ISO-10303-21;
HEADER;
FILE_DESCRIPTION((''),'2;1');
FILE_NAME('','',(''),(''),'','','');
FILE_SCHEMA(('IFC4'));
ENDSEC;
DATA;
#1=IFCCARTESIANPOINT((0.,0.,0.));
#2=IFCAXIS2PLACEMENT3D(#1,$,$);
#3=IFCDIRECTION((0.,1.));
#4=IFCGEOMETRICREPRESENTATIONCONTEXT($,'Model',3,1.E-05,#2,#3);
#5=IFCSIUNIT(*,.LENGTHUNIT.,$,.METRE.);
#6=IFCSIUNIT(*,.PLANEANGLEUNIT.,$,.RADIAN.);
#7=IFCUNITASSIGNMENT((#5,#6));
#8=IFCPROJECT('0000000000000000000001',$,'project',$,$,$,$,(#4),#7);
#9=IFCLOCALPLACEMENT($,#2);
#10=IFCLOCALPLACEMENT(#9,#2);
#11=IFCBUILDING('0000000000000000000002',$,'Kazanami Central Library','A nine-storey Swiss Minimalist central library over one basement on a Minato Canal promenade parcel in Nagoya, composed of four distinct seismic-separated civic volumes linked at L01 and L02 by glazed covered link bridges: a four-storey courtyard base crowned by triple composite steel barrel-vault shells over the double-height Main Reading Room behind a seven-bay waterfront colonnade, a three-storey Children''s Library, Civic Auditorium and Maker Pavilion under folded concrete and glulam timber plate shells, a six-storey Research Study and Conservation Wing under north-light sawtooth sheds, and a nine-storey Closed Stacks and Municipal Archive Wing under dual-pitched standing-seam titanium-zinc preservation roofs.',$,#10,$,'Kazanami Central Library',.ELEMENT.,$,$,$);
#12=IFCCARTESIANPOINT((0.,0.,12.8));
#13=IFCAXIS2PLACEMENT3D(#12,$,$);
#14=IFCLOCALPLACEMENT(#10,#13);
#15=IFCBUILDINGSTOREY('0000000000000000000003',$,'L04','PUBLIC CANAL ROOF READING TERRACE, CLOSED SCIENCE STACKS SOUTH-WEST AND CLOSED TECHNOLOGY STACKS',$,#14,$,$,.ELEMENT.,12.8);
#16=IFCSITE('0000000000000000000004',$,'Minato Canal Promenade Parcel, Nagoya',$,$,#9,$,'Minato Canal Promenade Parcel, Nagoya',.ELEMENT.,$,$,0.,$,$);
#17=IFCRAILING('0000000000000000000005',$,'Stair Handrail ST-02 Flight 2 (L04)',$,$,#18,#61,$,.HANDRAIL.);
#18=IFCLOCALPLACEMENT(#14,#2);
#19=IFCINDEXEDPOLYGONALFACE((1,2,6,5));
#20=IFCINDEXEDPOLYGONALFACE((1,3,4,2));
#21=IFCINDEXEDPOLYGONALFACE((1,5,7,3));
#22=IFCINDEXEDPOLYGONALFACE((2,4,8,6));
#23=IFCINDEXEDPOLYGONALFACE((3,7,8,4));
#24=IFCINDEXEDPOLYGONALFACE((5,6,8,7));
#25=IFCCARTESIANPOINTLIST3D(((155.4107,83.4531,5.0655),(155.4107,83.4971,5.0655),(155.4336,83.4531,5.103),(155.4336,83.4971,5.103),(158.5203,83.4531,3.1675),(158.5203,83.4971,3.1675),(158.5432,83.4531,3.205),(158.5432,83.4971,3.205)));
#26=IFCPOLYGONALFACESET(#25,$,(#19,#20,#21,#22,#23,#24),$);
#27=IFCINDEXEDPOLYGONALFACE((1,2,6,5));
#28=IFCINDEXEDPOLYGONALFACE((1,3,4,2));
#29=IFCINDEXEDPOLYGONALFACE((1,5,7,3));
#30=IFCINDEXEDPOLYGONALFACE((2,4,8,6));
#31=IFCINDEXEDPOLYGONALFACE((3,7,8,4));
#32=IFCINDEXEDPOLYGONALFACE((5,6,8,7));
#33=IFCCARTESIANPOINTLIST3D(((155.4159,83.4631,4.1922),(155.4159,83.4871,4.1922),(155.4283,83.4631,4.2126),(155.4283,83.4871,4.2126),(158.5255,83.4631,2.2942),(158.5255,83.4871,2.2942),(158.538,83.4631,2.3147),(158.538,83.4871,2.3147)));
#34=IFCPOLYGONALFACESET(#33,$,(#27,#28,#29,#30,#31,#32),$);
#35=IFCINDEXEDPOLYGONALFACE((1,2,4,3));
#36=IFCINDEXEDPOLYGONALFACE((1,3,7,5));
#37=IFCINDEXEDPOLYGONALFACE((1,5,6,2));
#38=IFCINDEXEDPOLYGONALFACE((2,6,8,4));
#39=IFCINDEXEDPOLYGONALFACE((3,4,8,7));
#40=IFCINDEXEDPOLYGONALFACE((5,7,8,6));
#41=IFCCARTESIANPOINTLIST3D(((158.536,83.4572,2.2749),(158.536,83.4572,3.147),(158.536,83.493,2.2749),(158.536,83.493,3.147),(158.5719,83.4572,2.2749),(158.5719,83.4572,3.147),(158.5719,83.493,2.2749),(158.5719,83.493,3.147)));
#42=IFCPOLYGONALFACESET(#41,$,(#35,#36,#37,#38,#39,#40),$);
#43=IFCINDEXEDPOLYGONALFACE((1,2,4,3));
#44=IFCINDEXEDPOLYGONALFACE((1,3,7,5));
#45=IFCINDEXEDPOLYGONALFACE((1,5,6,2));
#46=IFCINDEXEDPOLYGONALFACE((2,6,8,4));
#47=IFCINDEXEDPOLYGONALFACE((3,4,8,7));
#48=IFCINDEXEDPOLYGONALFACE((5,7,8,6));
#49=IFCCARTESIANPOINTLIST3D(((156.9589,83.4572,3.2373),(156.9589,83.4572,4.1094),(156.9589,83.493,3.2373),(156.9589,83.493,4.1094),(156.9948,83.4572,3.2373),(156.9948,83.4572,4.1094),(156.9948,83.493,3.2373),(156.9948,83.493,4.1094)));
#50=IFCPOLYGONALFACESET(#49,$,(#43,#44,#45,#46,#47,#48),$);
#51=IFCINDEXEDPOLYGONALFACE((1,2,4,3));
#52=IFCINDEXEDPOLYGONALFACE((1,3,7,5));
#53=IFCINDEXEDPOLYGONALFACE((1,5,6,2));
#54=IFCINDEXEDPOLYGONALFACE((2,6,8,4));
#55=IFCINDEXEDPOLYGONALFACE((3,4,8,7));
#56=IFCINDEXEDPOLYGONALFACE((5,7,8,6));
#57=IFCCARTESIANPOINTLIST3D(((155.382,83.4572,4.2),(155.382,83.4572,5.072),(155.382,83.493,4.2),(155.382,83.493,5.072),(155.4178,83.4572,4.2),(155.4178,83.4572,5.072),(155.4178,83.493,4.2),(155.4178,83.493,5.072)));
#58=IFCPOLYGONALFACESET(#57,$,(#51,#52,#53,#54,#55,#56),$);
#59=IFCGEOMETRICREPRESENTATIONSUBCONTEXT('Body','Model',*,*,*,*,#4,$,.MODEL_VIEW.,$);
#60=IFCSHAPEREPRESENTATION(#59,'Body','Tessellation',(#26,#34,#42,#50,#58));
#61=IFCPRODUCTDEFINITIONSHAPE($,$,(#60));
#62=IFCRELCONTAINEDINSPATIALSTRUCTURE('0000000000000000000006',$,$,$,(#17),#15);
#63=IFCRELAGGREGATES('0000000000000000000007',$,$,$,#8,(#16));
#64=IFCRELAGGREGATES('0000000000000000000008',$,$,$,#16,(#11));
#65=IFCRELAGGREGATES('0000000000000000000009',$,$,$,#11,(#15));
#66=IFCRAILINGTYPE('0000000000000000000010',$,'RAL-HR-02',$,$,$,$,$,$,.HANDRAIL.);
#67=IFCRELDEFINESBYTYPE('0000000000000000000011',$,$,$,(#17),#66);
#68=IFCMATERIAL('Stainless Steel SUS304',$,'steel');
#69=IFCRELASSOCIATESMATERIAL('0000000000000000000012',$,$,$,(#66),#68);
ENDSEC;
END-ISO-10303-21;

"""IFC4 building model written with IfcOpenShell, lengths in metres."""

from ifc_helpers import new_model, si_unit, direction, frame, origin, origin_2d, place, context, subcontext, project, spatial, rectangle, extrude, material, type_object, element, save


model = new_model("IFC4")

# Units and contexts
model_context = context("Model", 3, precision=1e-05, world=origin(), true_north=direction((0.0, 1.0)))
body_context = subcontext(model_context, "Body", "Model", "MODEL_VIEW")
ifc_project = project(units=[si_unit("LENGTHUNIT", "METRE"), si_unit("PLANEANGLEUNIT", "RADIAN")], contexts=[model_context])

# Site, building, storey
site_placement = place(None, origin())
site = spatial("IfcSite", under=ifc_project, at=site_placement, Name="Minato Canal Promenade Parcel, Nagoya", LongName="Minato Canal Promenade Parcel, Nagoya", CompositionType="ELEMENT", RefElevation=0.0)
building_placement = place(site_placement, origin())
building = spatial("IfcBuilding", under=site, at=building_placement, Name="Kazanami Central Library", Description="A nine-storey Swiss Minimalist central library over one basement on a Minato Canal promenade parcel in Nagoya, composed of four distinct seismic-separated civic volumes linked at L01 and L02 by glazed covered link bridges: a four-storey courtyard base crowned by triple composite steel barrel-vault shells over the double-height Main Reading Room behind a seven-bay waterfront colonnade, a three-storey Children's Library, Civic Auditorium and Maker Pavilion under folded concrete and glulam timber plate shells, a six-storey Research Study and Conservation Wing under north-light sawtooth sheds, and a nine-storey Closed Stacks and Municipal Archive Wing under dual-pitched standing-seam titanium-zinc preservation roofs.", LongName="Kazanami Central Library", CompositionType="ELEMENT")
storey_placement = place(building_placement, frame((0.0, 0.0, 12.8)))
storey = spatial("IfcBuildingStorey", under=building, at=storey_placement, Name="L04", Description="PUBLIC CANAL ROOF READING TERRACE, CLOSED SCIENCE STACKS SOUTH-WEST AND CLOSED TECHNOLOGY STACKS", CompositionType="ELEMENT", Elevation=12.8)

# Railing
ifc_material_1 = material(Name="Stainless Steel SUS304", Category="steel")
railing_type_1 = type_object("IfcRailingType", Name="RAL-HR-02", PredefinedType="HANDRAIL", material=ifc_material_1)
railing_1_placement = place(storey_placement, frame((158.554, 83.4751, 2.2749)))
element("IfcRailing", 1, at=railing_1_placement, inside=storey, type_object=railing_type_1, Name="Stair Handrail ST-02 Flight 2 (L04)", PredefinedType="HANDRAIL", context=body_context, shape_type="SweptSolid", body=[
    extrude(rectangle(XDim=0.0439, YDim=0.0439, at=origin_2d()), frame((-0.0222, 0.0, 0.9114), z_axis=(-0.853574, 0.0, 0.520972), x_axis=(0.0, -1.0, 0.0)), (0.0, 0.0, 1.0), 3.6431),
    extrude(rectangle(XDim=0.0239, YDim=0.0239, at=origin_2d()), frame((-0.0222, 0.0, 0.0295), z_axis=(-0.853574, 0.0, 0.520972), x_axis=(0.0, -1.0, 0.0)), (0.0, 0.0, 1.0), 3.6431),
    extrude(rectangle(XDim=0.0359, YDim=0.0359, at=origin_2d()), origin(), (0.0, 0.0, 1.0), 0.8721),
    extrude(rectangle(XDim=0.0359, YDim=0.0359, at=origin_2d()), frame((-1.5771, 0.0, 0.9624)), (0.0, 0.0, 1.0), 0.8721),
    extrude(rectangle(XDim=0.0359, YDim=0.0359, at=origin_2d()), frame((-3.1541, 0.0, 1.925)), (0.0, 0.0, 1.0), 0.8721),
])

save(model, "model.ifc")
